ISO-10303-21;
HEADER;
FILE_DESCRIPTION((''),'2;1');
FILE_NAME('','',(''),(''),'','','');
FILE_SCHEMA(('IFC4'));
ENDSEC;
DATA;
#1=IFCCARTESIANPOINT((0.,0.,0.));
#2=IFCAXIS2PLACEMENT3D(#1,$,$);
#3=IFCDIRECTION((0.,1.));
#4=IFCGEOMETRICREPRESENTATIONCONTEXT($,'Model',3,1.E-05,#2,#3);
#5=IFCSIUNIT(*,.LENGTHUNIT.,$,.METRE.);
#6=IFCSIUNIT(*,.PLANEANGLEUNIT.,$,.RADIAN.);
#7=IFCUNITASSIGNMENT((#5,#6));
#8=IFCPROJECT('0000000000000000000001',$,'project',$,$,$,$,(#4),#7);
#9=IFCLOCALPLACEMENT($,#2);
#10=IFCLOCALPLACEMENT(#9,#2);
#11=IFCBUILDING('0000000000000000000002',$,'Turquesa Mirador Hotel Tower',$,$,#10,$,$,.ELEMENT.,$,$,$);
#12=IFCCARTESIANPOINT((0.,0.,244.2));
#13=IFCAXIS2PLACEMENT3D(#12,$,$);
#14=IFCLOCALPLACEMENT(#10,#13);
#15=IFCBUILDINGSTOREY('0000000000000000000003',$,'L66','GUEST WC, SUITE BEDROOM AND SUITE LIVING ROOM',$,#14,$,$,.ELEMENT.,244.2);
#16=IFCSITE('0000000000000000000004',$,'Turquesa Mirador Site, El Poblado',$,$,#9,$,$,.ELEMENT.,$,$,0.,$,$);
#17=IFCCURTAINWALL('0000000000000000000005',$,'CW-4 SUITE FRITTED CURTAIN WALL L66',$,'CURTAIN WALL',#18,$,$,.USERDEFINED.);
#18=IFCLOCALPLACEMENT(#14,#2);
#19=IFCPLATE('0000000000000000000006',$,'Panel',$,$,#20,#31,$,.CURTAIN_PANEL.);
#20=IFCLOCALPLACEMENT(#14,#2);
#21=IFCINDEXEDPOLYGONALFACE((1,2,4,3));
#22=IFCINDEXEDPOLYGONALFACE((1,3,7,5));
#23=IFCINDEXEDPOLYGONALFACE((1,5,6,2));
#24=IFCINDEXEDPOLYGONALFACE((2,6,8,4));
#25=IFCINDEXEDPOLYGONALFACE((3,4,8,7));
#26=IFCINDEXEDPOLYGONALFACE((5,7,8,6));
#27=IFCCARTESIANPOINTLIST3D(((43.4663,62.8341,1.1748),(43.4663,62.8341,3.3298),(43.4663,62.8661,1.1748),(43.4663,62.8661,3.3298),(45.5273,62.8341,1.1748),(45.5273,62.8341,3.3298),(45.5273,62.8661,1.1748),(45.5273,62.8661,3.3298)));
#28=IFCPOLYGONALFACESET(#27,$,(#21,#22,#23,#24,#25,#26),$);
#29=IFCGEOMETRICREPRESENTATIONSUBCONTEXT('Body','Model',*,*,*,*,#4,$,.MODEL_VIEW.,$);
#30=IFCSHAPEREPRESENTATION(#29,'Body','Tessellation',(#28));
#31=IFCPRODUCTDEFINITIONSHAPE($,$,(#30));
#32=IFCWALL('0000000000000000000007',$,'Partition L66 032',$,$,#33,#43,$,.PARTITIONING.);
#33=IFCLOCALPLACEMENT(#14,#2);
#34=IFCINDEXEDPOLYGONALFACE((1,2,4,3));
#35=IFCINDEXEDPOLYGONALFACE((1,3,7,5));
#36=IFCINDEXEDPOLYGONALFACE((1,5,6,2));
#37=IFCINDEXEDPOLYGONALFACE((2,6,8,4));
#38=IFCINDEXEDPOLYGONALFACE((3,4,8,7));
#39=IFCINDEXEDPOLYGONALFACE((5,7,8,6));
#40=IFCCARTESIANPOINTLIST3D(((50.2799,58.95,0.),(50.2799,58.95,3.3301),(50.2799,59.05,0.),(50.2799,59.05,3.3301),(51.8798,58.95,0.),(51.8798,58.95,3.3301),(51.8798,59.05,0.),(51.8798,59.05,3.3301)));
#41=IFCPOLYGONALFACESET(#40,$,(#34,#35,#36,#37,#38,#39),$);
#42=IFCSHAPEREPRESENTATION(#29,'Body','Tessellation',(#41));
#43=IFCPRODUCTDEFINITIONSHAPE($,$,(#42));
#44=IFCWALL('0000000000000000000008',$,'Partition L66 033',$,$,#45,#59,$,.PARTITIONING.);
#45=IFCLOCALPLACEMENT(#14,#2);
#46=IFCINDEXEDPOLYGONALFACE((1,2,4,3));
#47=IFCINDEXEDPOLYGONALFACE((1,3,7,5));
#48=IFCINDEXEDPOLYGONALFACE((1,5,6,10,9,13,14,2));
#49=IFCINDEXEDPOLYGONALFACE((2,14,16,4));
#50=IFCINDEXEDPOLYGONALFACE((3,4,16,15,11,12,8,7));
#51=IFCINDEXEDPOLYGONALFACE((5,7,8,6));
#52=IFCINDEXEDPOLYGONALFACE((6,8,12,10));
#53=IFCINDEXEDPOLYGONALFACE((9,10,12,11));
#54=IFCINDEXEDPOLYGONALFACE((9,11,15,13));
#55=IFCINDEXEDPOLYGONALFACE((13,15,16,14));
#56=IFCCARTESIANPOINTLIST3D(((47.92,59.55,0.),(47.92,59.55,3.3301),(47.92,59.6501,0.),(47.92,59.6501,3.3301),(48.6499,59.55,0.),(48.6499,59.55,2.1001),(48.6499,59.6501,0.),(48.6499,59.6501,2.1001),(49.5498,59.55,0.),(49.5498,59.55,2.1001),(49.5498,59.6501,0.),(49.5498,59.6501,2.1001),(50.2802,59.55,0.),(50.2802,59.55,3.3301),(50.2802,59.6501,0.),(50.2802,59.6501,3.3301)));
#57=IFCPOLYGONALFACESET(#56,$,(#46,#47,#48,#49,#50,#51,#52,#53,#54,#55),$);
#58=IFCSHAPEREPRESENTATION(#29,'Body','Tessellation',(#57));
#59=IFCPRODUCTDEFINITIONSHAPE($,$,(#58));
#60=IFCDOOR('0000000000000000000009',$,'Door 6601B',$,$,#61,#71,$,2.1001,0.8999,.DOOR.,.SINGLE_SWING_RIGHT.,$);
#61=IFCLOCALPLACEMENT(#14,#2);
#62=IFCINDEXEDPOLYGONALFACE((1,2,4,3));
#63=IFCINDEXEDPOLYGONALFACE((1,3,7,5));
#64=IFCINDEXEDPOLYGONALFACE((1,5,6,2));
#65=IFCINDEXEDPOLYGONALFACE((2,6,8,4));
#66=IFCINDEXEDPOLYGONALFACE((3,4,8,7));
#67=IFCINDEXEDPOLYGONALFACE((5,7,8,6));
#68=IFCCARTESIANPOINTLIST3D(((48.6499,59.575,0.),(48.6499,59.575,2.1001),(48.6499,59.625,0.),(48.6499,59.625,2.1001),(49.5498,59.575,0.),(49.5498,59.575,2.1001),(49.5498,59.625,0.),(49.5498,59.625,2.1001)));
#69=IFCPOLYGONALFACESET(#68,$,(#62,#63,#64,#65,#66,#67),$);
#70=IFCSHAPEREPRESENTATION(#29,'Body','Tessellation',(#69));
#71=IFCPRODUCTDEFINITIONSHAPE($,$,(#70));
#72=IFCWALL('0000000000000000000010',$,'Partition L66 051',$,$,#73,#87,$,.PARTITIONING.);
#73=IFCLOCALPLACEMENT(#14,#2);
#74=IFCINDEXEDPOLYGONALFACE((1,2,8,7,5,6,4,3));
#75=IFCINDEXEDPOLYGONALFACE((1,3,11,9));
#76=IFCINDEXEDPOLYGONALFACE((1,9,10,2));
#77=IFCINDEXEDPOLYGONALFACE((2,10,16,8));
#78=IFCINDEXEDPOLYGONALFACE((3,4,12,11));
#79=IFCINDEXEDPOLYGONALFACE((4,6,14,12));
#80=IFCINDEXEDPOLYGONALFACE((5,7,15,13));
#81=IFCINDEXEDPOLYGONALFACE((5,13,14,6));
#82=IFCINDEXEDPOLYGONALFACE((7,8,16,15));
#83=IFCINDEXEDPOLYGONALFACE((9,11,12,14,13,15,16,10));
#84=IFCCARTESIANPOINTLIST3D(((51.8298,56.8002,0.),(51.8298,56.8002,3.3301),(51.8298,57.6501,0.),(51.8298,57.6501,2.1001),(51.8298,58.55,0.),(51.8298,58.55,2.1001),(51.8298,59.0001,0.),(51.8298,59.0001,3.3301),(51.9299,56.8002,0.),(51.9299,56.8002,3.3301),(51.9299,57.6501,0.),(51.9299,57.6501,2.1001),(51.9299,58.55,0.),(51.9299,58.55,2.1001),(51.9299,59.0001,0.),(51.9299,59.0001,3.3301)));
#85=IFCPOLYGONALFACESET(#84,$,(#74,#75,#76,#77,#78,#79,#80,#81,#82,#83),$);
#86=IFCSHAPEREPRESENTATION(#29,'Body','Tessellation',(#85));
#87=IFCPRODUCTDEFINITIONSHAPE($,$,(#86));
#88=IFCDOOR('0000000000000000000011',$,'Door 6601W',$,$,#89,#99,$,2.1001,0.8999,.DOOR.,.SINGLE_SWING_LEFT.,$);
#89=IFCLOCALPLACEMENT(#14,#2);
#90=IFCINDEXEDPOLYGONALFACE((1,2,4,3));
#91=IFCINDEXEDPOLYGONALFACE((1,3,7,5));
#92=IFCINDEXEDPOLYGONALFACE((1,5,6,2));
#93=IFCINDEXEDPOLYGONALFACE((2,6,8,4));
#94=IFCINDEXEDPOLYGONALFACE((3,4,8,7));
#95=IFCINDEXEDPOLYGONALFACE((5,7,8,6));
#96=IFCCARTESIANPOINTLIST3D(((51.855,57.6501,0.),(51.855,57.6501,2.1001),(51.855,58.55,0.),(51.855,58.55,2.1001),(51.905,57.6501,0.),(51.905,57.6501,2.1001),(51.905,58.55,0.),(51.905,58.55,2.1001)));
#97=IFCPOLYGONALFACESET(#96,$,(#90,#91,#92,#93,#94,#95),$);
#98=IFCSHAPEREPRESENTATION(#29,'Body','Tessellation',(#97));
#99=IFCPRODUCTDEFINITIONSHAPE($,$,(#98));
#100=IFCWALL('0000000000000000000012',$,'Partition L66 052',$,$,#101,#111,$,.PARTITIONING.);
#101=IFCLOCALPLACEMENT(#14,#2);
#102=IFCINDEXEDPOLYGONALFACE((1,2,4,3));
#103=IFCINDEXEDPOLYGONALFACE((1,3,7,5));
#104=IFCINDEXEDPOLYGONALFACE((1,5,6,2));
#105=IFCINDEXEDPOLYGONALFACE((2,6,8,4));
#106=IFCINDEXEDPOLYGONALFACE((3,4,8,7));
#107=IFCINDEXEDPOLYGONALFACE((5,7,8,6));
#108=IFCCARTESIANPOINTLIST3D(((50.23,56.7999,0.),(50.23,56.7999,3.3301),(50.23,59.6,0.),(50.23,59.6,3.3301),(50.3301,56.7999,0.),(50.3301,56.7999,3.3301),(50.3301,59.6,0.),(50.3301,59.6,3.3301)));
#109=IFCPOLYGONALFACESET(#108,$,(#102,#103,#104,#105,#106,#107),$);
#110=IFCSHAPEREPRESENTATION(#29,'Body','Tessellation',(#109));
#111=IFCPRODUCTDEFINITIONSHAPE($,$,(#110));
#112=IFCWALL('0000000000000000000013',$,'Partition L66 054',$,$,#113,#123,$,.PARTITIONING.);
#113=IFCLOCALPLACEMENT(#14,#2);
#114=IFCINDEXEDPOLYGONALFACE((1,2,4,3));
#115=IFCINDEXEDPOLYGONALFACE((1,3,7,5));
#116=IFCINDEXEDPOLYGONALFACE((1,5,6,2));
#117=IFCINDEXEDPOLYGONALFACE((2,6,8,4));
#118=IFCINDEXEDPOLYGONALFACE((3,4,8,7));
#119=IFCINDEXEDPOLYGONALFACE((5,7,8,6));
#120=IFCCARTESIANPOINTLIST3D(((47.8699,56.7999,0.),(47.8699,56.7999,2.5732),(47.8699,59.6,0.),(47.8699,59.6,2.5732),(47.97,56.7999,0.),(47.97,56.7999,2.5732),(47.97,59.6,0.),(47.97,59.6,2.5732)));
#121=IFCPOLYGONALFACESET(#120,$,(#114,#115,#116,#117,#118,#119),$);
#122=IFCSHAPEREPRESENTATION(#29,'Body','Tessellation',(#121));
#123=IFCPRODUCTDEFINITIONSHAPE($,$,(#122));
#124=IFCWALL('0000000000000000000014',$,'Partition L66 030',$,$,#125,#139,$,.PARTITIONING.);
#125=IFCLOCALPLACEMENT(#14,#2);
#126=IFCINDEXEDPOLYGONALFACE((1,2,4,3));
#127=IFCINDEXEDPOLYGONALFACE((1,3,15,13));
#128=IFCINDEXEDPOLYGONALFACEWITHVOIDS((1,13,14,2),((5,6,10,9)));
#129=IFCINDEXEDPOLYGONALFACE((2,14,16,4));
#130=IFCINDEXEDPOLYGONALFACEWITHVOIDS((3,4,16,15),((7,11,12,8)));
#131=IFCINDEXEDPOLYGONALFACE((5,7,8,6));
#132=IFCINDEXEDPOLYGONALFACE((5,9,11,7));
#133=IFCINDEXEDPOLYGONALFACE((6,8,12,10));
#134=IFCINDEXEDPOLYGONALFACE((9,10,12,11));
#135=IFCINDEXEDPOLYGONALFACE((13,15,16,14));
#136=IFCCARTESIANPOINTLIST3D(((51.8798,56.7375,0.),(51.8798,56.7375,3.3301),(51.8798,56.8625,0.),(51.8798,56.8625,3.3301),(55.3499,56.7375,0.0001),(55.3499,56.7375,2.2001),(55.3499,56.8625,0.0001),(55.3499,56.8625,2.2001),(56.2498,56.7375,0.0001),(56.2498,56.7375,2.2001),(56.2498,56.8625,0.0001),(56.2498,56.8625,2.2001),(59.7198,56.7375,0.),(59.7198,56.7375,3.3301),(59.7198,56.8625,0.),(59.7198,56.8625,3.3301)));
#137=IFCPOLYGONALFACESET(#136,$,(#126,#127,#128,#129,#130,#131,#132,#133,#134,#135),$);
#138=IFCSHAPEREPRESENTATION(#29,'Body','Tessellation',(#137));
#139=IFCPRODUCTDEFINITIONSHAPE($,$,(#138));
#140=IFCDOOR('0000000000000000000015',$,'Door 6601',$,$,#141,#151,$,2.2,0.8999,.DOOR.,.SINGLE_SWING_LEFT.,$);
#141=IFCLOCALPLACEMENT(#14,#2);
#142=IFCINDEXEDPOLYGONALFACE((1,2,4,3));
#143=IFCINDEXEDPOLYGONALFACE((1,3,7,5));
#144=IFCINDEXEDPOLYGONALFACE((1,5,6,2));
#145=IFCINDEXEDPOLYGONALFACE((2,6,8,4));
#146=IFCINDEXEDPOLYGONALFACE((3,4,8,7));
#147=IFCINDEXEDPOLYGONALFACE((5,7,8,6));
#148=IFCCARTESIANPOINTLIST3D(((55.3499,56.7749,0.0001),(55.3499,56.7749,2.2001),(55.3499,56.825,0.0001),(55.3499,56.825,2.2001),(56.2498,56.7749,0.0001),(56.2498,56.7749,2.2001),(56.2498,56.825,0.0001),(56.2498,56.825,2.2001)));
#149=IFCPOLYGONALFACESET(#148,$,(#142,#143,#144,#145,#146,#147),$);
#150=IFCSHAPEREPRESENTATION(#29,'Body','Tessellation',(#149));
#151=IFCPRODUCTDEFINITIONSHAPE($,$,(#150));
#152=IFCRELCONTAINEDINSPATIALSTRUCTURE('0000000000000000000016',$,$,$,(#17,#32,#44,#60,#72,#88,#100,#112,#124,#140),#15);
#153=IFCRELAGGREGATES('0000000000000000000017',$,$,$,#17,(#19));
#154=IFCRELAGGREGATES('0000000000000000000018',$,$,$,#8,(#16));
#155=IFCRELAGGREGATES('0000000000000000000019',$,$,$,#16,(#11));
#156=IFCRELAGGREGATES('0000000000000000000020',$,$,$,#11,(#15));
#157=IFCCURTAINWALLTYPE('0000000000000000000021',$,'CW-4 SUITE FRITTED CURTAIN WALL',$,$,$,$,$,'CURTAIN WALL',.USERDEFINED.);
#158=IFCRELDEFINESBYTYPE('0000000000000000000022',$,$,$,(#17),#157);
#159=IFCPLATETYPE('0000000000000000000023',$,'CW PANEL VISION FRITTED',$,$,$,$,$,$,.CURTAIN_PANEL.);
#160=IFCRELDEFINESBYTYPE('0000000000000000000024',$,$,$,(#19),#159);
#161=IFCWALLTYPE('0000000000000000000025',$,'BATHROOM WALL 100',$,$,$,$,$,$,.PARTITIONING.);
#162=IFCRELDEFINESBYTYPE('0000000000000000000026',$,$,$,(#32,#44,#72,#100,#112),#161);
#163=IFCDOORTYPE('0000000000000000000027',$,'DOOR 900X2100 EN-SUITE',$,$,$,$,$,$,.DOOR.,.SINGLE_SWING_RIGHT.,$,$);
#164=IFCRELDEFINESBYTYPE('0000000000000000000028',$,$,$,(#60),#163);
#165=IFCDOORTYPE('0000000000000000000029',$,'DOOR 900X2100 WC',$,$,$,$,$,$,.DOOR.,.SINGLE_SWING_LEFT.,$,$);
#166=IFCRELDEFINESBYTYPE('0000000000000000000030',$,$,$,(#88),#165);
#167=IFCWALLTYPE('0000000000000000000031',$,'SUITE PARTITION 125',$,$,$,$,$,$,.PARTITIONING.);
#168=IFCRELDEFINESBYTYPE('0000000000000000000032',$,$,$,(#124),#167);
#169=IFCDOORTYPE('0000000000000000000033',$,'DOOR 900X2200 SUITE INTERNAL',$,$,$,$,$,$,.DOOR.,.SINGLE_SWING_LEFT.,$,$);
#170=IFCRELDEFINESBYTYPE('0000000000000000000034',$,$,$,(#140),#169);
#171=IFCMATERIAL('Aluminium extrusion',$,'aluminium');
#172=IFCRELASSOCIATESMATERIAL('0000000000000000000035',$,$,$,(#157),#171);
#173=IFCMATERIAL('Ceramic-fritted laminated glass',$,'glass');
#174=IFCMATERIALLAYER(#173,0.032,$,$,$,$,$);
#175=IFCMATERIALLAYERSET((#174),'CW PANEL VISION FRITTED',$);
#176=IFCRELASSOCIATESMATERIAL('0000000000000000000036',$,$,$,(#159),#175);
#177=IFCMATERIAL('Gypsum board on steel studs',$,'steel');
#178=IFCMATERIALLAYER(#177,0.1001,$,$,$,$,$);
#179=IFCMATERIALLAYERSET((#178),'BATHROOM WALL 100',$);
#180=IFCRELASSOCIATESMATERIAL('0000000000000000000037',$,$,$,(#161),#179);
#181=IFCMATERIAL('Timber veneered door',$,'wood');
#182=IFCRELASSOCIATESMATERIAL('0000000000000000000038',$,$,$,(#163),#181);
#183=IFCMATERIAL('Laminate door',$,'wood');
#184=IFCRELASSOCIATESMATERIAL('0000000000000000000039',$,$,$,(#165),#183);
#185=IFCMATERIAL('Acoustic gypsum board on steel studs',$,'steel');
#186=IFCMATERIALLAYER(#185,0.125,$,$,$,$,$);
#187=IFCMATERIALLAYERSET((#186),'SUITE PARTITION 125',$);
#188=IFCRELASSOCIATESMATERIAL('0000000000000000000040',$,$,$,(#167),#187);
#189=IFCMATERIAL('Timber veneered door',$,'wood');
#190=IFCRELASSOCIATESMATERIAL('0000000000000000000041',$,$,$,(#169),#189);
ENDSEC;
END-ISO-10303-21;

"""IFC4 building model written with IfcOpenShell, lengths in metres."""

from ifc_helpers import new_model, si_unit, direction, frame, frame_2d, origin, origin_2d, place, context, subcontext, project, spatial, rectangle, extrude, material, layer, layer_set, type_object, element, fill, aggregate, save


model = new_model("IFC4")

# Units and contexts
model_context = context("Model", 3, precision=1e-05, world=origin(), true_north=direction((0.0, 1.0)))
body_context = subcontext(model_context, "Body", "Model", "MODEL_VIEW")
ifc_project = project(units=[si_unit("LENGTHUNIT", "METRE"), si_unit("PLANEANGLEUNIT", "RADIAN")], contexts=[model_context])

# Site, building, storey
site_placement = place(None, origin())
site = spatial("IfcSite", under=ifc_project, at=site_placement, Name="Turquesa Mirador Site, El Poblado", CompositionType="ELEMENT", RefElevation=0.0)
building_placement = place(site_placement, origin())
building = spatial("IfcBuilding", under=site, at=building_placement, Name="Turquesa Mirador Hotel Tower", CompositionType="ELEMENT")
storey_placement = place(building_placement, frame((0.0, 0.0, 244.2)))
storey = spatial("IfcBuildingStorey", under=building, at=storey_placement, Name="L66", Description="GUEST WC, SUITE BEDROOM AND SUITE LIVING ROOM", CompositionType="ELEMENT", Elevation=244.2)

# Curtain wall
ifc_material_1 = material(Name="Aluminium extrusion", Category="aluminium")
curtain_wall_type = type_object("IfcCurtainWallType", Name="CW-4 SUITE FRITTED CURTAIN WALL", ElementType="CURTAIN WALL", PredefinedType="USERDEFINED", material=ifc_material_1)
curtain_wall_1_placement = place(storey_placement, origin())
curtain_wall_1 = element("IfcCurtainWall", 1, at=curtain_wall_1_placement, inside=storey, type_object=curtain_wall_type, Name="CW-4 SUITE FRITTED CURTAIN WALL L66", ObjectType="CURTAIN WALL", PredefinedType="USERDEFINED")

# Plate
ifc_material_2 = material(Name="Ceramic-fritted laminated glass", Category="glass")
ifc_layer_1 = layer(ifc_material_2, 0.032)
ifc_layer_set_1 = layer_set([ifc_layer_1], Name="CW PANEL VISION FRITTED")
plate_type_1 = type_object("IfcPlateType", Name="CW PANEL VISION FRITTED", PredefinedType="CURTAIN_PANEL", material=ifc_layer_set_1)
plate_1_placement = place(storey_placement, frame((44.4968, 62.8501, 1.1748), z_axis=(0.0, 0.0, 1.0), x_axis=(-1.0, 0.0, 0.0)))
plate_1 = element("IfcPlate", 2, at=plate_1_placement, type_object=plate_type_1, Name="Panel", PredefinedType="CURTAIN_PANEL", context=body_context, shape_type="SweptSolid", body=[
    extrude(rectangle(XDim=2.061, YDim=0.032, at=origin_2d()), origin(), (0.0, 0.0, 1.0), 2.155),
])
aggregate(curtain_wall_1, [plate_1])

# Wall
ifc_material_3 = material(Name="Gypsum board on steel studs", Category="steel")
ifc_layer_2 = layer(ifc_material_3, 0.1001)
ifc_layer_set_2 = layer_set([ifc_layer_2], Name="BATHROOM WALL 100")
wall_type_1 = type_object("IfcWallType", Name="BATHROOM WALL 100", PredefinedType="PARTITIONING", material=ifc_layer_set_2)
wall_1_placement = place(storey_placement, frame((50.28, 59.0, 0.0), z_axis=(0.0, 0.0, 1.0), x_axis=(1.0, 0.0, 0.0)))
element("IfcWall", 3, at=wall_1_placement, inside=storey, type_object=wall_type_1, Name="Partition L66 032", PredefinedType="PARTITIONING", context=body_context, shape_type="SweptSolid", body=[
    extrude(rectangle(XDim=1.5999, YDim=0.1001, at=frame_2d((0.7998, 0.0))), origin(), (0.0, 0.0, 1.0), 3.3301),
])

# Walls, openings, doors
wall_2_placement = place(storey_placement, frame((47.9199, 59.6001, 0.0), z_axis=(0.0, 0.0, 1.0), x_axis=(1.0, 0.0, 0.0)))
wall_2 = element("IfcWall", 4, at=wall_2_placement, inside=storey, type_object=wall_type_1, Name="Partition L66 033", PredefinedType="PARTITIONING", context=body_context, shape_type="SweptSolid", body=[
    extrude(rectangle(XDim=2.3601, YDim=0.1001, at=frame_2d((1.1802, 0.0))), origin(), (0.0, 0.0, 1.0), 3.3301),
])
opening_1_placement = place(wall_2_placement, frame((0.73, 0.0, 0.0)))
opening_1 = element("IfcOpeningElement", 5, at=opening_1_placement, cuts=wall_2, PredefinedType="OPENING", context=body_context, shape_type="SweptSolid", body=[
    extrude(rectangle(XDim=0.8999, YDim=2.1001, at=frame_2d((0.45, 1.05))), frame((0.0, 0.0601, 0.0), z_axis=(0.0, -1.0, 0.0), x_axis=(1.0, 0.0, 0.0)), (0.0, 0.0, 1.0), 0.1201),
])
ifc_material_4 = material(Name="Timber veneered door", Category="wood")
door_type_1 = type_object("IfcDoorType", Name="DOOR 900X2100 EN-SUITE", OperationType="SINGLE_SWING_RIGHT", PredefinedType="DOOR", material=ifc_material_4)
door_1_placement = place(opening_1_placement, origin())
door_1 = element("IfcDoor", 6, at=door_1_placement, inside=storey, type_object=door_type_1, Name="Door 6601B", OperationType="SINGLE_SWING_RIGHT", OverallHeight=2.1001, OverallWidth=0.8999, PredefinedType="DOOR", context=body_context, shape_type="SweptSolid", body=[
    extrude(rectangle(XDim=0.8999, YDim=2.1001, at=frame_2d((0.45, 1.05))), frame((0.0, 0.0249, 0.0), z_axis=(0.0, -1.0, 0.0), x_axis=(1.0, 0.0, 0.0)), (0.0, 0.0, 1.0), 0.05),
])
fill(opening_1, door_1)
wall_3_placement = place(storey_placement, frame((51.8799, 56.8, 0.0), z_axis=(0.0, 0.0, 1.0), x_axis=(0.0, 1.0, 0.0)))
wall_3 = element("IfcWall", 7, at=wall_3_placement, inside=storey, type_object=wall_type_1, Name="Partition L66 051", PredefinedType="PARTITIONING", context=body_context, shape_type="SweptSolid", body=[
    extrude(rectangle(XDim=2.2, YDim=0.1001, at=frame_2d((1.1001, 0.0))), origin(), (0.0, 0.0, 1.0), 3.3301),
])
opening_2_placement = place(wall_3_placement, frame((0.8501, 0.0, 0.0)))
opening_2 = element("IfcOpeningElement", 8, at=opening_2_placement, cuts=wall_3, PredefinedType="OPENING", context=body_context, shape_type="SweptSolid", body=[
    extrude(rectangle(XDim=0.8999, YDim=2.1001, at=frame_2d((0.45, 1.05))), frame((0.0, 0.0601, 0.0), z_axis=(0.0, -1.0, 0.0), x_axis=(1.0, 0.0, 0.0)), (0.0, 0.0, 1.0), 0.1201),
])
ifc_material_5 = material(Name="Laminate door", Category="wood")
door_type_2 = type_object("IfcDoorType", Name="DOOR 900X2100 WC", OperationType="SINGLE_SWING_LEFT", PredefinedType="DOOR", material=ifc_material_5)
door_2_placement = place(opening_2_placement, origin())
door_2 = element("IfcDoor", 9, at=door_2_placement, inside=storey, type_object=door_type_2, Name="Door 6601W", OperationType="SINGLE_SWING_LEFT", OverallHeight=2.1001, OverallWidth=0.8999, PredefinedType="DOOR", context=body_context, shape_type="SweptSolid", body=[
    extrude(rectangle(XDim=0.8999, YDim=2.1001, at=frame_2d((0.45, 1.05))), frame((0.0, 0.0249, 0.0), z_axis=(0.0, -1.0, 0.0), x_axis=(1.0, 0.0, 0.0)), (0.0, 0.0, 1.0), 0.05),
])
fill(opening_2, door_2)

# Walls
wall_4_placement = place(storey_placement, frame((50.28, 56.8, 0.0), z_axis=(0.0, 0.0, 1.0), x_axis=(0.0, 1.0, 0.0)))
element("IfcWall", 10, at=wall_4_placement, inside=storey, type_object=wall_type_1, Name="Partition L66 052", PredefinedType="PARTITIONING", context=body_context, shape_type="SweptSolid", body=[
    extrude(rectangle(XDim=2.8, YDim=0.1001, at=frame_2d((1.3999, 0.0))), origin(), (0.0, 0.0, 1.0), 3.3301),
])
wall_5_placement = place(storey_placement, frame((47.9199, 56.8, 0.0), z_axis=(0.0, 0.0, 1.0), x_axis=(0.0, 1.0, 0.0)))
element("IfcWall", 11, at=wall_5_placement, inside=storey, type_object=wall_type_1, Name="Partition L66 054", PredefinedType="PARTITIONING", context=body_context, shape_type="SweptSolid", body=[
    extrude(rectangle(XDim=2.8, YDim=0.1001, at=frame_2d((1.3999, 0.0))), origin(), (0.0, 0.0, 1.0), 2.5732),
])

# Wall, opening, door
ifc_material_6 = material(Name="Acoustic gypsum board on steel studs", Category="steel")
ifc_layer_3 = layer(ifc_material_6, 0.125)
ifc_layer_set_3 = layer_set([ifc_layer_3], Name="SUITE PARTITION 125")
wall_type_2 = type_object("IfcWallType", Name="SUITE PARTITION 125", PredefinedType="PARTITIONING", material=ifc_layer_set_3)
wall_6_placement = place(storey_placement, frame((51.8799, 56.8, 0.0), z_axis=(0.0, 0.0, 1.0), x_axis=(1.0, 0.0, 0.0)))
wall_6 = element("IfcWall", 12, at=wall_6_placement, inside=storey, type_object=wall_type_2, Name="Partition L66 030", PredefinedType="PARTITIONING", context=body_context, shape_type="SweptSolid", body=[
    extrude(rectangle(XDim=7.8401, YDim=0.125, at=frame_2d((3.9199, 0.0))), origin(), (0.0, 0.0, 1.0), 3.3301),
])
opening_3_placement = place(wall_6_placement, frame((3.47, 0.0, 0.0)))
opening_3 = element("IfcOpeningElement", 13, at=opening_3_placement, cuts=wall_6, PredefinedType="OPENING", context=body_context, shape_type="SweptSolid", body=[
    extrude(rectangle(XDim=0.8999, YDim=2.2, at=frame_2d((0.45, 1.1001))), frame((0.0, 0.0725, 0.0), z_axis=(0.0, -1.0, 0.0), x_axis=(1.0, 0.0, 0.0)), (0.0, 0.0, 1.0), 0.145),
])
ifc_material_7 = material(Name="Timber veneered door", Category="wood")
door_type_3 = type_object("IfcDoorType", Name="DOOR 900X2200 SUITE INTERNAL", OperationType="SINGLE_SWING_LEFT", PredefinedType="DOOR", material=ifc_material_7)
door_3_placement = place(opening_3_placement, origin())
door_3 = element("IfcDoor", 14, at=door_3_placement, inside=storey, type_object=door_type_3, Name="Door 6601", OperationType="SINGLE_SWING_LEFT", OverallHeight=2.2, OverallWidth=0.8999, PredefinedType="DOOR", context=body_context, shape_type="SweptSolid", body=[
    extrude(rectangle(XDim=0.8999, YDim=2.2, at=frame_2d((0.45, 1.1001))), frame((0.0, 0.0249, 0.0), z_axis=(0.0, -1.0, 0.0), x_axis=(1.0, 0.0, 0.0)), (0.0, 0.0, 1.0), 0.05),
])
fill(opening_3, door_3)

save(model, "model.ifc")
